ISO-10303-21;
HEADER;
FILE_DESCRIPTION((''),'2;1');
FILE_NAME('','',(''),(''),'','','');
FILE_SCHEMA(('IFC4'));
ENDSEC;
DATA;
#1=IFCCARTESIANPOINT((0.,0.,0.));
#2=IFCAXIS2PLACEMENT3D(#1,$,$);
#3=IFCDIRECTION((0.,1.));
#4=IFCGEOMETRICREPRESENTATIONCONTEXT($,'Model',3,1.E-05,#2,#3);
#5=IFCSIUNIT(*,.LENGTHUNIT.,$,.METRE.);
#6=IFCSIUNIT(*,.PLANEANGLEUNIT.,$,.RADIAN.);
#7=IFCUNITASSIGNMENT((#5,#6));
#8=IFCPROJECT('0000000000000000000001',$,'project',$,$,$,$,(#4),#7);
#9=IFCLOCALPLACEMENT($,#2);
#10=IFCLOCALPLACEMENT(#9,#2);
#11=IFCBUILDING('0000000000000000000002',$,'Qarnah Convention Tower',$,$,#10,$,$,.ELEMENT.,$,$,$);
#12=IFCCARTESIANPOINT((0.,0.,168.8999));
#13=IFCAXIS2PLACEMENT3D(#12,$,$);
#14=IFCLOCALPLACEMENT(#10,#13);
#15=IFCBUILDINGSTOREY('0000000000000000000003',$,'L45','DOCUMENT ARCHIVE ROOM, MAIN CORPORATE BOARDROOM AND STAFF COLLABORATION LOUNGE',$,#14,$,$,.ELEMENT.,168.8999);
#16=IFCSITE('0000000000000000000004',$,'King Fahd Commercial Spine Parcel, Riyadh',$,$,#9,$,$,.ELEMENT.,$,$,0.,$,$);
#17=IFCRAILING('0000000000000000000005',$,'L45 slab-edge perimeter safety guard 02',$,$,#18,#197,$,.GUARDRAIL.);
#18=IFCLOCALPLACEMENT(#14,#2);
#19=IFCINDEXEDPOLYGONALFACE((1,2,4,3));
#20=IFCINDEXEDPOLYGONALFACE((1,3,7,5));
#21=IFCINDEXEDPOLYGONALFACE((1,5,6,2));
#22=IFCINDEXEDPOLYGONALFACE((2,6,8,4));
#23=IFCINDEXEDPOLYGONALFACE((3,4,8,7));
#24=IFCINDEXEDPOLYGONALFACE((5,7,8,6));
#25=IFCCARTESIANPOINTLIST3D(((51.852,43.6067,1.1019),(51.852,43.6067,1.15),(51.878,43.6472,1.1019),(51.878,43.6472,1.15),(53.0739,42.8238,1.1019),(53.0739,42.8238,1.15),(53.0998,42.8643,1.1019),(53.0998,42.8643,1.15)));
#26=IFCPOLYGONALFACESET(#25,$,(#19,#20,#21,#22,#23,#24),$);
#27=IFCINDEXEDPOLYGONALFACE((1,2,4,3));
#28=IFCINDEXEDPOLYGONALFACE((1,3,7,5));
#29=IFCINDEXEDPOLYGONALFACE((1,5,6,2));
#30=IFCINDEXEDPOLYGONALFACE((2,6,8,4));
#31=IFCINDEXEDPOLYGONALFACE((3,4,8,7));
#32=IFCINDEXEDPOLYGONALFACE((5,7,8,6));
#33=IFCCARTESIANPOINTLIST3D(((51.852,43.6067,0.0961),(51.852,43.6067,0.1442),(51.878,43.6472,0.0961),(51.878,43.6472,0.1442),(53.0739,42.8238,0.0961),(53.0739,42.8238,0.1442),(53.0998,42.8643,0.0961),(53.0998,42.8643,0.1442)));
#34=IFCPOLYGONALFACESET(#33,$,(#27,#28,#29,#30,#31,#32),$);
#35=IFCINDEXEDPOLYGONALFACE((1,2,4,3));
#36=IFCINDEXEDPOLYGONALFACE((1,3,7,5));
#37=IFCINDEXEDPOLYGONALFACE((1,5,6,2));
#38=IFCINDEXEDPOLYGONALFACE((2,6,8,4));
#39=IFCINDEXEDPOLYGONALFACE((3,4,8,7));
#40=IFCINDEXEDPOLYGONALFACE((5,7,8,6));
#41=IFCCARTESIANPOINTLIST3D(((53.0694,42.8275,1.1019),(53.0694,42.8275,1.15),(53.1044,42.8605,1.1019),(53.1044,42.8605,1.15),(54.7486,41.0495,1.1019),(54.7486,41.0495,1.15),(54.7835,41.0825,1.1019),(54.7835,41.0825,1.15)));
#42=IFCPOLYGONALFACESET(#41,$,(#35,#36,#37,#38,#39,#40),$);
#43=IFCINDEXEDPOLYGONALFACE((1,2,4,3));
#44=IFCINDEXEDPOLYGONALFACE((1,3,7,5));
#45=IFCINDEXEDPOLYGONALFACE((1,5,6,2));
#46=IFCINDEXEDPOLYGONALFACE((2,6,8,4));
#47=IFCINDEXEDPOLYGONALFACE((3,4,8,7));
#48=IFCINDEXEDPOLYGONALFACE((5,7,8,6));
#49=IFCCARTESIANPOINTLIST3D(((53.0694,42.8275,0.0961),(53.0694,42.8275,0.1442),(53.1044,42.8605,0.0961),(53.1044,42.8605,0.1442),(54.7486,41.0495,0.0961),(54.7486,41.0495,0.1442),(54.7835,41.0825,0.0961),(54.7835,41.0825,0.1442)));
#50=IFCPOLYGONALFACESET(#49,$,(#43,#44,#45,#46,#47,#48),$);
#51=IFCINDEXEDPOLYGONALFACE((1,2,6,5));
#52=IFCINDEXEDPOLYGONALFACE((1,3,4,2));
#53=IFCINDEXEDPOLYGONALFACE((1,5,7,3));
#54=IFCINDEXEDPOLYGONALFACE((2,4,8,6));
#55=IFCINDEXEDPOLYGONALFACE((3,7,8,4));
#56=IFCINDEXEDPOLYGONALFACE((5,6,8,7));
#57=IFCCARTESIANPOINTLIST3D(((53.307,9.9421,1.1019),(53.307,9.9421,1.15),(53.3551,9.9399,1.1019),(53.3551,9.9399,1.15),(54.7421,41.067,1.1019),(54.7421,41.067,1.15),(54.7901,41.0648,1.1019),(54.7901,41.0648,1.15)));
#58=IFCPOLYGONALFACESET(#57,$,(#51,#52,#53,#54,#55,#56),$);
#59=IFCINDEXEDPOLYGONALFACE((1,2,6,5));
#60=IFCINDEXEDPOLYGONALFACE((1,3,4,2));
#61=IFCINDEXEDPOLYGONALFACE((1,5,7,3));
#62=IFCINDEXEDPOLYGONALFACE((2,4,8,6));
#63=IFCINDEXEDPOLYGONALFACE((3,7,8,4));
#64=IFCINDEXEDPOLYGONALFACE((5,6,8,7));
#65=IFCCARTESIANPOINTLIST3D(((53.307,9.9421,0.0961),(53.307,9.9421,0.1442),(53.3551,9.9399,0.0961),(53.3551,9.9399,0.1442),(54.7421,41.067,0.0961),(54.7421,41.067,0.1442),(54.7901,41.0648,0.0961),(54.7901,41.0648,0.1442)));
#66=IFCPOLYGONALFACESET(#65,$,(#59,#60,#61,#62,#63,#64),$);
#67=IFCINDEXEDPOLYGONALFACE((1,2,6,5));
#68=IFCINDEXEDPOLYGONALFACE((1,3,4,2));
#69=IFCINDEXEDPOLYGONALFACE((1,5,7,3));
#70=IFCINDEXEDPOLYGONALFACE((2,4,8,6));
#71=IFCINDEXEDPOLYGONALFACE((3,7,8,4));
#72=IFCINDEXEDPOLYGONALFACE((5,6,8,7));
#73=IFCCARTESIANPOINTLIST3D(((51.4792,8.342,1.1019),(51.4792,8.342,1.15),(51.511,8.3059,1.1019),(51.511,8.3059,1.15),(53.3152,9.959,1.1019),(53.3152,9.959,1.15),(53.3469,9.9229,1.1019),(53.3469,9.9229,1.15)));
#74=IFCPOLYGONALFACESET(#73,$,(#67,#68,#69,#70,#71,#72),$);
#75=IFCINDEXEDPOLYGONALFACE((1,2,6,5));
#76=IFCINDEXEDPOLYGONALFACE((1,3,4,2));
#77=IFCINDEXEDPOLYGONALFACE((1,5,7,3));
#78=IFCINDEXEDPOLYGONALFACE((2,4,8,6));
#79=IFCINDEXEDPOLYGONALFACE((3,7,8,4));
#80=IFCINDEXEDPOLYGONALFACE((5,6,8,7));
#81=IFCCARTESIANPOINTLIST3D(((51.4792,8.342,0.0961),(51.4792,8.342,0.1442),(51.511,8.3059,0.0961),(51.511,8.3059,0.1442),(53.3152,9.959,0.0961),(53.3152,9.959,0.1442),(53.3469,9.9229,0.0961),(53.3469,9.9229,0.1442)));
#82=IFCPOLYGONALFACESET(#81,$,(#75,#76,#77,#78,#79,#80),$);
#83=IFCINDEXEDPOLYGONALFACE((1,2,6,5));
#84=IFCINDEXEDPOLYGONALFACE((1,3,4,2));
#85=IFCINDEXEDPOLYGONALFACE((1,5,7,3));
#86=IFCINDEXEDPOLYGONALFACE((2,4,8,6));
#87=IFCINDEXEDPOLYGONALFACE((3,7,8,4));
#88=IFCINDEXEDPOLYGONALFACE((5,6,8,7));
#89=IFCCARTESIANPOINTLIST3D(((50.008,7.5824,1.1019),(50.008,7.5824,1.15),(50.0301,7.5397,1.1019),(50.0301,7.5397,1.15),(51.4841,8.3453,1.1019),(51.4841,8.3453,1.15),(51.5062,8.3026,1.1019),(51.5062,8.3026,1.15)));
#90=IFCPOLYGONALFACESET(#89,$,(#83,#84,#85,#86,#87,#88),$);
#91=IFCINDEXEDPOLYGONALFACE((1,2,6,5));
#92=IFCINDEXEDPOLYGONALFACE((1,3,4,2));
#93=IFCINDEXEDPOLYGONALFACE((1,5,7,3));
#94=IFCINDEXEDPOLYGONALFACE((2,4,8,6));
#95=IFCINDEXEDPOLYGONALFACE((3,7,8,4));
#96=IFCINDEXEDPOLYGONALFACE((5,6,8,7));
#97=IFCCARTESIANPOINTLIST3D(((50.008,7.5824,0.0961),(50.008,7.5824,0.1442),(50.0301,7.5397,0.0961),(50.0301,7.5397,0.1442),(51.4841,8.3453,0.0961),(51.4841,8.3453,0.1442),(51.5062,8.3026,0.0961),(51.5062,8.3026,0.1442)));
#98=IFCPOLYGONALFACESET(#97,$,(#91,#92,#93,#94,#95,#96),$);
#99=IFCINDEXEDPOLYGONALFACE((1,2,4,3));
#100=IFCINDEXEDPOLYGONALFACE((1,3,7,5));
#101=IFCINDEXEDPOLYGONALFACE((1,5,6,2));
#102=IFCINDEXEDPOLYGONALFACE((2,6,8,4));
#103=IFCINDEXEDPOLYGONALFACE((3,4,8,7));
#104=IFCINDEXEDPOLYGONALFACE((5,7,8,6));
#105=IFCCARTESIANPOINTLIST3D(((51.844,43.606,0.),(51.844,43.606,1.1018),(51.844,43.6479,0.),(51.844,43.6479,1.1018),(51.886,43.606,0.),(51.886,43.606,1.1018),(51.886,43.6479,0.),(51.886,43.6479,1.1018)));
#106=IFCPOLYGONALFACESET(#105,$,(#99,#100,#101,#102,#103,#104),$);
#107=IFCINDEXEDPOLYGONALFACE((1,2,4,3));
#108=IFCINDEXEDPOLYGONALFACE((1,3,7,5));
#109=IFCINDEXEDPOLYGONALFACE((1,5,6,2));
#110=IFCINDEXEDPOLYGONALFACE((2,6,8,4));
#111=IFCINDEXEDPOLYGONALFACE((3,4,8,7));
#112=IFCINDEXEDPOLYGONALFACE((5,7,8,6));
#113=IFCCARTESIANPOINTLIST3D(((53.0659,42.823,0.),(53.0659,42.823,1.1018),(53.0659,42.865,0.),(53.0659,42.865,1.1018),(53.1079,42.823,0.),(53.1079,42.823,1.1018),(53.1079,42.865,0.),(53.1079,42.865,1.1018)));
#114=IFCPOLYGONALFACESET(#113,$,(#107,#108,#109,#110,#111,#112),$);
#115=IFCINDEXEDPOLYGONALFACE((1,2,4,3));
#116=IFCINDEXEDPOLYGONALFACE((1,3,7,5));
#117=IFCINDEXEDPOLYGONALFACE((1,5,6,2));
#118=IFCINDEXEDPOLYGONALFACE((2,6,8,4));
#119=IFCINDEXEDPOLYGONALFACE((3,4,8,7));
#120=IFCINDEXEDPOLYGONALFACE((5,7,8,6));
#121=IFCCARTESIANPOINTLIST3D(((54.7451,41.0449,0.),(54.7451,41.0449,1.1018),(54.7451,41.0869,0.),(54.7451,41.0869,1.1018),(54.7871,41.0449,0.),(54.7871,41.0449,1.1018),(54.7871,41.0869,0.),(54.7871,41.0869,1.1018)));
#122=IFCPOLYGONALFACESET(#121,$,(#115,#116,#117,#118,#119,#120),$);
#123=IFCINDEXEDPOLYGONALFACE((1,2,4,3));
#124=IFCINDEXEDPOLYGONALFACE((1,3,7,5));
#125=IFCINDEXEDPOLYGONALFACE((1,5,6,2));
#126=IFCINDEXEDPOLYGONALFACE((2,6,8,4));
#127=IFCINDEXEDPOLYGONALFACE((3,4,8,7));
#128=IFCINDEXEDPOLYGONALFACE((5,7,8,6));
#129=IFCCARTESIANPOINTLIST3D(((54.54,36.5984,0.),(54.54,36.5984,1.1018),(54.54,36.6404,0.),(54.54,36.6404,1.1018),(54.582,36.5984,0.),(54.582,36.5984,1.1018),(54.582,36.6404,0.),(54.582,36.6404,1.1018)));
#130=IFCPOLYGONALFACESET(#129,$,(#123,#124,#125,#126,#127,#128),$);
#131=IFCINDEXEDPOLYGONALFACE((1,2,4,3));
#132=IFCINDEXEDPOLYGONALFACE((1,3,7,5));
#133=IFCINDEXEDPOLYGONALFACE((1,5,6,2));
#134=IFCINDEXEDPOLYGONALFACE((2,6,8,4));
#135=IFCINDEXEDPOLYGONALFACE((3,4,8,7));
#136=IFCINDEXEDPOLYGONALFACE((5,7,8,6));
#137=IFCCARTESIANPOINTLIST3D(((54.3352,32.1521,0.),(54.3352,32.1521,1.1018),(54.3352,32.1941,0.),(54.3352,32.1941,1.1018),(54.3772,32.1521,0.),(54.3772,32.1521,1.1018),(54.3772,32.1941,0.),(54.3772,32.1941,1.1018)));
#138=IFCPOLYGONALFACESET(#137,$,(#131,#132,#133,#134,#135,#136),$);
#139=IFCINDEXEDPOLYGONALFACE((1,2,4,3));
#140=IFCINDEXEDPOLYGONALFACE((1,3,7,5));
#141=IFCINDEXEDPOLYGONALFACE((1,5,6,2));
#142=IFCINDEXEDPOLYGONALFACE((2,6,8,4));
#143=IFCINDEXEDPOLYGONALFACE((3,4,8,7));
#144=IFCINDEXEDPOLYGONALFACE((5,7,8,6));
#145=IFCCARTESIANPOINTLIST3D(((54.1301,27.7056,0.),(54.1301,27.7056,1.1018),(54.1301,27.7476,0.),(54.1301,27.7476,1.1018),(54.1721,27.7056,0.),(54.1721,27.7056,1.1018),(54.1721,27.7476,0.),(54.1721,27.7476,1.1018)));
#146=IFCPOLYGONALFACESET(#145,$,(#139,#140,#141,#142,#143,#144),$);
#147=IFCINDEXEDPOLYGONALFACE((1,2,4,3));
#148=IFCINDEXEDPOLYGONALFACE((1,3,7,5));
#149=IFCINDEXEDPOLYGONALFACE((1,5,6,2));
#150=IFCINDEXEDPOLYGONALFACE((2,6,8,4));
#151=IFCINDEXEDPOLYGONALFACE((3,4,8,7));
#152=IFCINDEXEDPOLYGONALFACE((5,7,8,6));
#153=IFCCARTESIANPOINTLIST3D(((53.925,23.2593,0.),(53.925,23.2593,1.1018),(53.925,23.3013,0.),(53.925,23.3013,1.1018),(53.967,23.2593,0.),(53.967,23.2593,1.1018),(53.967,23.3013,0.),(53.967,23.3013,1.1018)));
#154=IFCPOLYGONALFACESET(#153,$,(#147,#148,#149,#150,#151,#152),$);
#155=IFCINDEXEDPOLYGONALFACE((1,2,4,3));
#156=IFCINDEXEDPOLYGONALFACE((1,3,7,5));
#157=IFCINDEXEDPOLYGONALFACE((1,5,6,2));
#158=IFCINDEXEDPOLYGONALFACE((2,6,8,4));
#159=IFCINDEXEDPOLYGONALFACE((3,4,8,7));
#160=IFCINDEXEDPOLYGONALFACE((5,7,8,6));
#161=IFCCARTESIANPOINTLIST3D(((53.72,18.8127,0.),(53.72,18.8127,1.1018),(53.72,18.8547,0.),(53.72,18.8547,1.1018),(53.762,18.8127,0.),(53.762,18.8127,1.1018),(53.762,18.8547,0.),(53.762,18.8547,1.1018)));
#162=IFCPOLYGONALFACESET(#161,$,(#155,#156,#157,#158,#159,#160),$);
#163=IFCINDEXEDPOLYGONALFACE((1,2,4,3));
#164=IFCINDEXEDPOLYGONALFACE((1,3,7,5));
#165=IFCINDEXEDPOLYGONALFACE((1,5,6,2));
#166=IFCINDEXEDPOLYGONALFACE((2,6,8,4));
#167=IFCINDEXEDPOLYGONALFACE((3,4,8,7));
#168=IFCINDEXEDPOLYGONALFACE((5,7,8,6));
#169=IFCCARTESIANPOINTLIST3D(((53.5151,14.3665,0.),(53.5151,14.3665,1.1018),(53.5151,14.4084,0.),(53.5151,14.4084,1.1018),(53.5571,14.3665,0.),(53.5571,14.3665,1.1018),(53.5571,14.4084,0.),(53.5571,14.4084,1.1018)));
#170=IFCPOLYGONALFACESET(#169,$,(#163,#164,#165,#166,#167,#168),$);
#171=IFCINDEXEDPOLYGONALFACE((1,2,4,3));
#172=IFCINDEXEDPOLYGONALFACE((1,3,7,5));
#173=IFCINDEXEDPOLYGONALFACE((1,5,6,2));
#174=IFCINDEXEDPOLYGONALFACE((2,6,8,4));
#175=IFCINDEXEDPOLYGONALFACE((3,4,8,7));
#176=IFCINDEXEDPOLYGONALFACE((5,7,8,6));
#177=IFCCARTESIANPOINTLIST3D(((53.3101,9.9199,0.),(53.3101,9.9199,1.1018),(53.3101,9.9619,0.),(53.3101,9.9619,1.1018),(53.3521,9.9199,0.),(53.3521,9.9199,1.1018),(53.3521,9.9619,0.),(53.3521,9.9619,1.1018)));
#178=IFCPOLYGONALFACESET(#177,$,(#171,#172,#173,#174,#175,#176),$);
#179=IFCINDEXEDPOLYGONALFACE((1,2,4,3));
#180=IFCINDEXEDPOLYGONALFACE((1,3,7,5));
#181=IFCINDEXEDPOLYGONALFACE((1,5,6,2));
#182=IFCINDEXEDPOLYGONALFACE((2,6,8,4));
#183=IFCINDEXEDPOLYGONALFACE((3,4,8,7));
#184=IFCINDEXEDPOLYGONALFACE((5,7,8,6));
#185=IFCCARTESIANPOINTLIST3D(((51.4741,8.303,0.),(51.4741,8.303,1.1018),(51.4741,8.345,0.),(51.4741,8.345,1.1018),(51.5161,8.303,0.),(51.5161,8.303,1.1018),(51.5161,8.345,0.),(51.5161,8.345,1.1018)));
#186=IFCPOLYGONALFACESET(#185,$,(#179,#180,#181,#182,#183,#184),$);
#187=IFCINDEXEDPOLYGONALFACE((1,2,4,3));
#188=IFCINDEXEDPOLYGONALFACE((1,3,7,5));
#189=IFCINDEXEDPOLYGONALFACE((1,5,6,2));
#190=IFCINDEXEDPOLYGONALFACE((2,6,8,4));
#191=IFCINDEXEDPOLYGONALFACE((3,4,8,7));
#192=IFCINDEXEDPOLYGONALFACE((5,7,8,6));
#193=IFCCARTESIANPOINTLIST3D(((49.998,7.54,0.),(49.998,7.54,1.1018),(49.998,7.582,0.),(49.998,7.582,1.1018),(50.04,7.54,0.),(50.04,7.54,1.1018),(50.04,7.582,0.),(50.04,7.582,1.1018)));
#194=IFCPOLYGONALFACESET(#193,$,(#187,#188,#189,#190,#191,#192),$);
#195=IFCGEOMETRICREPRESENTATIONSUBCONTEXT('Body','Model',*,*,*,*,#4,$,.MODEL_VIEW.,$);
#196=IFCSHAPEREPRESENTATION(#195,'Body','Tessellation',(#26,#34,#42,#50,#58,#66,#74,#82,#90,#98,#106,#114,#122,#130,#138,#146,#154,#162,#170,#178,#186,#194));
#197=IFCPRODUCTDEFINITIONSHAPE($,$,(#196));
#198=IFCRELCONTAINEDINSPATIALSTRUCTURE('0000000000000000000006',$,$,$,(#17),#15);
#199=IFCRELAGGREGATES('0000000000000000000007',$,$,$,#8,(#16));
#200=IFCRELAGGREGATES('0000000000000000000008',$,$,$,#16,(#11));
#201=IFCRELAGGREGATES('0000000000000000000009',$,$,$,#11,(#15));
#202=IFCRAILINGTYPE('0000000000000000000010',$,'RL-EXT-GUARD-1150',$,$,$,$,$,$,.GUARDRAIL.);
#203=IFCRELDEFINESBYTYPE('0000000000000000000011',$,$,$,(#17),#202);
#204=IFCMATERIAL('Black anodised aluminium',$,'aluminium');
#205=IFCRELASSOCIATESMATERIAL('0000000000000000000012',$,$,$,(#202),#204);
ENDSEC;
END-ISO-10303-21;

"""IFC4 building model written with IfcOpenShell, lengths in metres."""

from ifc_helpers import new_model, si_unit, direction, frame, origin, origin_2d, place, context, subcontext, project, spatial, rectangle, extrude, material, type_object, element, save


model = new_model("IFC4")

# Units and contexts
model_context = context("Model", 3, precision=1e-05, world=origin(), true_north=direction((0.0, 1.0)))
body_context = subcontext(model_context, "Body", "Model", "MODEL_VIEW")
ifc_project = project(units=[si_unit("LENGTHUNIT", "METRE"), si_unit("PLANEANGLEUNIT", "RADIAN")], contexts=[model_context])

# Site, building, storey
site_placement = place(None, origin())
site = spatial("IfcSite", under=ifc_project, at=site_placement, Name="King Fahd Commercial Spine Parcel, Riyadh", CompositionType="ELEMENT", RefElevation=0.0)
building_placement = place(site_placement, origin())
building = spatial("IfcBuilding", under=site, at=building_placement, Name="Qarnah Convention Tower", CompositionType="ELEMENT")
storey_placement = place(building_placement, frame((0.0, 0.0, 168.8999)))
storey = spatial("IfcBuildingStorey", under=building, at=storey_placement, Name="L45", Description="DOCUMENT ARCHIVE ROOM, MAIN CORPORATE BOARDROOM AND STAFF COLLABORATION LOUNGE", CompositionType="ELEMENT", Elevation=168.8999)

# Shared definitions
ifc_material_1 = material(Name="Black anodised aluminium", Category="aluminium")

# Railing
railing_type = type_object("IfcRailingType", Name="RL-EXT-GUARD-1150", PredefinedType="GUARDRAIL", material=ifc_material_1)
railing_1_placement = place(storey_placement, frame((51.865, 43.627, 0.0)))
element("IfcRailing", 1, at=railing_1_placement, inside=storey, type_object=railing_type, Name="L45 slab-edge perimeter safety guard 02", PredefinedType="GUARDRAIL", context=body_context, shape_type="SweptSolid", body=[
    extrude(rectangle(XDim=0.0481, YDim=0.0481, at=origin_2d()), frame((0.0, 0.0, 1.126), z_axis=(0.841981, -0.539507, 0.0), x_axis=(0.539507, 0.841981, 0.0)), (0.0, 0.0, 1.0), 1.4512),
    extrude(rectangle(XDim=0.0481, YDim=0.0481, at=origin_2d()), frame((0.0, 0.0, 0.1201), z_axis=(0.841981, -0.539507, 0.0), x_axis=(0.539507, 0.841981, 0.0)), (0.0, 0.0, 1.0), 1.4512),
    extrude(rectangle(XDim=0.0481, YDim=0.0481, at=origin_2d()), frame((1.2219, -0.783, 1.126), z_axis=(0.686603, -0.727033, 0.0), x_axis=(0.727033, 0.686603, 0.0)), (0.0, 0.0, 1.0), 2.4456),
    extrude(rectangle(XDim=0.0481, YDim=0.0481, at=origin_2d()), frame((1.2219, -0.783, 0.1201), z_axis=(0.686603, -0.727033, 0.0), x_axis=(0.727033, 0.686603, 0.0)), (0.0, 0.0, 1.0), 2.4456),
    extrude(rectangle(XDim=0.0481, YDim=0.0481, at=origin_2d()), frame((2.9011, -2.561, 1.126), z_axis=(-0.046057, -0.998939, 0.0), x_axis=(0.998939, -0.046057, 0.0)), (0.0, 0.0, 1.0), 31.158),
    extrude(rectangle(XDim=0.0481, YDim=0.0481, at=origin_2d()), frame((2.9011, -2.561, 0.1201), z_axis=(-0.046057, -0.998939, 0.0), x_axis=(0.998939, -0.046057, 0.0)), (0.0, 0.0, 1.0), 31.158),
    extrude(rectangle(XDim=0.0481, YDim=0.0481, at=origin_2d()), frame((1.4661, -33.686, 1.126), z_axis=(-0.750446, -0.660932, 0.0), x_axis=(0.660932, -0.750446, 0.0)), (0.0, 0.0, 1.0), 2.4465),
    extrude(rectangle(XDim=0.0481, YDim=0.0481, at=origin_2d()), frame((1.4661, -33.686, 0.1201), z_axis=(-0.750446, -0.660932, 0.0), x_axis=(0.660932, -0.750446, 0.0)), (0.0, 0.0, 1.0), 2.4465),
    extrude(rectangle(XDim=0.0481, YDim=0.0481, at=origin_2d()), frame((-0.3699, -35.303, 1.126), z_axis=(-0.888352, -0.459163, 0.0), x_axis=(0.459163, -0.888352, 0.0)), (0.0, 0.0, 1.0), 1.6616),
    extrude(rectangle(XDim=0.0481, YDim=0.0481, at=origin_2d()), frame((-0.3699, -35.303, 0.1201), z_axis=(-0.888352, -0.459163, 0.0), x_axis=(0.459163, -0.888352, 0.0)), (0.0, 0.0, 1.0), 1.6616),
    extrude(rectangle(XDim=0.042, YDim=0.042, at=origin_2d()), origin(), (0.0, 0.0, 1.0), 1.1018),
    extrude(rectangle(XDim=0.042, YDim=0.042, at=origin_2d()), frame((1.2219, -0.783, 0.0)), (0.0, 0.0, 1.0), 1.1018),
    extrude(rectangle(XDim=0.042, YDim=0.042, at=origin_2d()), frame((2.9011, -2.561, 0.0)), (0.0, 0.0, 1.0), 1.1018),
    extrude(rectangle(XDim=0.042, YDim=0.042, at=origin_2d()), frame((2.696, -7.0076, 0.0)), (0.0, 0.0, 1.0), 1.1018),
    extrude(rectangle(XDim=0.042, YDim=0.042, at=origin_2d()), frame((2.4912, -11.4539, 0.0)), (0.0, 0.0, 1.0), 1.1018),
    extrude(rectangle(XDim=0.042, YDim=0.042, at=origin_2d()), frame((2.2861, -15.9004, 0.0)), (0.0, 0.0, 1.0), 1.1018),
    extrude(rectangle(XDim=0.042, YDim=0.042, at=origin_2d()), frame((2.0811, -20.3467, 0.0)), (0.0, 0.0, 1.0), 1.1018),
    extrude(rectangle(XDim=0.042, YDim=0.042, at=origin_2d()), frame((1.876, -24.7932, 0.0)), (0.0, 0.0, 1.0), 1.1018),
    extrude(rectangle(XDim=0.042, YDim=0.042, at=origin_2d()), frame((1.6711, -29.2395, 0.0)), (0.0, 0.0, 1.0), 1.1018),
    extrude(rectangle(XDim=0.042, YDim=0.042, at=origin_2d()), frame((1.4661, -33.686, 0.0)), (0.0, 0.0, 1.0), 1.1018),
    extrude(rectangle(XDim=0.042, YDim=0.042, at=origin_2d()), frame((-0.3699, -35.303, 0.0)), (0.0, 0.0, 1.0), 1.1018),
    extrude(rectangle(XDim=0.042, YDim=0.042, at=origin_2d()), frame((-1.8459, -36.0659, 0.0)), (0.0, 0.0, 1.0), 1.1018),
])

save(model, "model.ifc")
